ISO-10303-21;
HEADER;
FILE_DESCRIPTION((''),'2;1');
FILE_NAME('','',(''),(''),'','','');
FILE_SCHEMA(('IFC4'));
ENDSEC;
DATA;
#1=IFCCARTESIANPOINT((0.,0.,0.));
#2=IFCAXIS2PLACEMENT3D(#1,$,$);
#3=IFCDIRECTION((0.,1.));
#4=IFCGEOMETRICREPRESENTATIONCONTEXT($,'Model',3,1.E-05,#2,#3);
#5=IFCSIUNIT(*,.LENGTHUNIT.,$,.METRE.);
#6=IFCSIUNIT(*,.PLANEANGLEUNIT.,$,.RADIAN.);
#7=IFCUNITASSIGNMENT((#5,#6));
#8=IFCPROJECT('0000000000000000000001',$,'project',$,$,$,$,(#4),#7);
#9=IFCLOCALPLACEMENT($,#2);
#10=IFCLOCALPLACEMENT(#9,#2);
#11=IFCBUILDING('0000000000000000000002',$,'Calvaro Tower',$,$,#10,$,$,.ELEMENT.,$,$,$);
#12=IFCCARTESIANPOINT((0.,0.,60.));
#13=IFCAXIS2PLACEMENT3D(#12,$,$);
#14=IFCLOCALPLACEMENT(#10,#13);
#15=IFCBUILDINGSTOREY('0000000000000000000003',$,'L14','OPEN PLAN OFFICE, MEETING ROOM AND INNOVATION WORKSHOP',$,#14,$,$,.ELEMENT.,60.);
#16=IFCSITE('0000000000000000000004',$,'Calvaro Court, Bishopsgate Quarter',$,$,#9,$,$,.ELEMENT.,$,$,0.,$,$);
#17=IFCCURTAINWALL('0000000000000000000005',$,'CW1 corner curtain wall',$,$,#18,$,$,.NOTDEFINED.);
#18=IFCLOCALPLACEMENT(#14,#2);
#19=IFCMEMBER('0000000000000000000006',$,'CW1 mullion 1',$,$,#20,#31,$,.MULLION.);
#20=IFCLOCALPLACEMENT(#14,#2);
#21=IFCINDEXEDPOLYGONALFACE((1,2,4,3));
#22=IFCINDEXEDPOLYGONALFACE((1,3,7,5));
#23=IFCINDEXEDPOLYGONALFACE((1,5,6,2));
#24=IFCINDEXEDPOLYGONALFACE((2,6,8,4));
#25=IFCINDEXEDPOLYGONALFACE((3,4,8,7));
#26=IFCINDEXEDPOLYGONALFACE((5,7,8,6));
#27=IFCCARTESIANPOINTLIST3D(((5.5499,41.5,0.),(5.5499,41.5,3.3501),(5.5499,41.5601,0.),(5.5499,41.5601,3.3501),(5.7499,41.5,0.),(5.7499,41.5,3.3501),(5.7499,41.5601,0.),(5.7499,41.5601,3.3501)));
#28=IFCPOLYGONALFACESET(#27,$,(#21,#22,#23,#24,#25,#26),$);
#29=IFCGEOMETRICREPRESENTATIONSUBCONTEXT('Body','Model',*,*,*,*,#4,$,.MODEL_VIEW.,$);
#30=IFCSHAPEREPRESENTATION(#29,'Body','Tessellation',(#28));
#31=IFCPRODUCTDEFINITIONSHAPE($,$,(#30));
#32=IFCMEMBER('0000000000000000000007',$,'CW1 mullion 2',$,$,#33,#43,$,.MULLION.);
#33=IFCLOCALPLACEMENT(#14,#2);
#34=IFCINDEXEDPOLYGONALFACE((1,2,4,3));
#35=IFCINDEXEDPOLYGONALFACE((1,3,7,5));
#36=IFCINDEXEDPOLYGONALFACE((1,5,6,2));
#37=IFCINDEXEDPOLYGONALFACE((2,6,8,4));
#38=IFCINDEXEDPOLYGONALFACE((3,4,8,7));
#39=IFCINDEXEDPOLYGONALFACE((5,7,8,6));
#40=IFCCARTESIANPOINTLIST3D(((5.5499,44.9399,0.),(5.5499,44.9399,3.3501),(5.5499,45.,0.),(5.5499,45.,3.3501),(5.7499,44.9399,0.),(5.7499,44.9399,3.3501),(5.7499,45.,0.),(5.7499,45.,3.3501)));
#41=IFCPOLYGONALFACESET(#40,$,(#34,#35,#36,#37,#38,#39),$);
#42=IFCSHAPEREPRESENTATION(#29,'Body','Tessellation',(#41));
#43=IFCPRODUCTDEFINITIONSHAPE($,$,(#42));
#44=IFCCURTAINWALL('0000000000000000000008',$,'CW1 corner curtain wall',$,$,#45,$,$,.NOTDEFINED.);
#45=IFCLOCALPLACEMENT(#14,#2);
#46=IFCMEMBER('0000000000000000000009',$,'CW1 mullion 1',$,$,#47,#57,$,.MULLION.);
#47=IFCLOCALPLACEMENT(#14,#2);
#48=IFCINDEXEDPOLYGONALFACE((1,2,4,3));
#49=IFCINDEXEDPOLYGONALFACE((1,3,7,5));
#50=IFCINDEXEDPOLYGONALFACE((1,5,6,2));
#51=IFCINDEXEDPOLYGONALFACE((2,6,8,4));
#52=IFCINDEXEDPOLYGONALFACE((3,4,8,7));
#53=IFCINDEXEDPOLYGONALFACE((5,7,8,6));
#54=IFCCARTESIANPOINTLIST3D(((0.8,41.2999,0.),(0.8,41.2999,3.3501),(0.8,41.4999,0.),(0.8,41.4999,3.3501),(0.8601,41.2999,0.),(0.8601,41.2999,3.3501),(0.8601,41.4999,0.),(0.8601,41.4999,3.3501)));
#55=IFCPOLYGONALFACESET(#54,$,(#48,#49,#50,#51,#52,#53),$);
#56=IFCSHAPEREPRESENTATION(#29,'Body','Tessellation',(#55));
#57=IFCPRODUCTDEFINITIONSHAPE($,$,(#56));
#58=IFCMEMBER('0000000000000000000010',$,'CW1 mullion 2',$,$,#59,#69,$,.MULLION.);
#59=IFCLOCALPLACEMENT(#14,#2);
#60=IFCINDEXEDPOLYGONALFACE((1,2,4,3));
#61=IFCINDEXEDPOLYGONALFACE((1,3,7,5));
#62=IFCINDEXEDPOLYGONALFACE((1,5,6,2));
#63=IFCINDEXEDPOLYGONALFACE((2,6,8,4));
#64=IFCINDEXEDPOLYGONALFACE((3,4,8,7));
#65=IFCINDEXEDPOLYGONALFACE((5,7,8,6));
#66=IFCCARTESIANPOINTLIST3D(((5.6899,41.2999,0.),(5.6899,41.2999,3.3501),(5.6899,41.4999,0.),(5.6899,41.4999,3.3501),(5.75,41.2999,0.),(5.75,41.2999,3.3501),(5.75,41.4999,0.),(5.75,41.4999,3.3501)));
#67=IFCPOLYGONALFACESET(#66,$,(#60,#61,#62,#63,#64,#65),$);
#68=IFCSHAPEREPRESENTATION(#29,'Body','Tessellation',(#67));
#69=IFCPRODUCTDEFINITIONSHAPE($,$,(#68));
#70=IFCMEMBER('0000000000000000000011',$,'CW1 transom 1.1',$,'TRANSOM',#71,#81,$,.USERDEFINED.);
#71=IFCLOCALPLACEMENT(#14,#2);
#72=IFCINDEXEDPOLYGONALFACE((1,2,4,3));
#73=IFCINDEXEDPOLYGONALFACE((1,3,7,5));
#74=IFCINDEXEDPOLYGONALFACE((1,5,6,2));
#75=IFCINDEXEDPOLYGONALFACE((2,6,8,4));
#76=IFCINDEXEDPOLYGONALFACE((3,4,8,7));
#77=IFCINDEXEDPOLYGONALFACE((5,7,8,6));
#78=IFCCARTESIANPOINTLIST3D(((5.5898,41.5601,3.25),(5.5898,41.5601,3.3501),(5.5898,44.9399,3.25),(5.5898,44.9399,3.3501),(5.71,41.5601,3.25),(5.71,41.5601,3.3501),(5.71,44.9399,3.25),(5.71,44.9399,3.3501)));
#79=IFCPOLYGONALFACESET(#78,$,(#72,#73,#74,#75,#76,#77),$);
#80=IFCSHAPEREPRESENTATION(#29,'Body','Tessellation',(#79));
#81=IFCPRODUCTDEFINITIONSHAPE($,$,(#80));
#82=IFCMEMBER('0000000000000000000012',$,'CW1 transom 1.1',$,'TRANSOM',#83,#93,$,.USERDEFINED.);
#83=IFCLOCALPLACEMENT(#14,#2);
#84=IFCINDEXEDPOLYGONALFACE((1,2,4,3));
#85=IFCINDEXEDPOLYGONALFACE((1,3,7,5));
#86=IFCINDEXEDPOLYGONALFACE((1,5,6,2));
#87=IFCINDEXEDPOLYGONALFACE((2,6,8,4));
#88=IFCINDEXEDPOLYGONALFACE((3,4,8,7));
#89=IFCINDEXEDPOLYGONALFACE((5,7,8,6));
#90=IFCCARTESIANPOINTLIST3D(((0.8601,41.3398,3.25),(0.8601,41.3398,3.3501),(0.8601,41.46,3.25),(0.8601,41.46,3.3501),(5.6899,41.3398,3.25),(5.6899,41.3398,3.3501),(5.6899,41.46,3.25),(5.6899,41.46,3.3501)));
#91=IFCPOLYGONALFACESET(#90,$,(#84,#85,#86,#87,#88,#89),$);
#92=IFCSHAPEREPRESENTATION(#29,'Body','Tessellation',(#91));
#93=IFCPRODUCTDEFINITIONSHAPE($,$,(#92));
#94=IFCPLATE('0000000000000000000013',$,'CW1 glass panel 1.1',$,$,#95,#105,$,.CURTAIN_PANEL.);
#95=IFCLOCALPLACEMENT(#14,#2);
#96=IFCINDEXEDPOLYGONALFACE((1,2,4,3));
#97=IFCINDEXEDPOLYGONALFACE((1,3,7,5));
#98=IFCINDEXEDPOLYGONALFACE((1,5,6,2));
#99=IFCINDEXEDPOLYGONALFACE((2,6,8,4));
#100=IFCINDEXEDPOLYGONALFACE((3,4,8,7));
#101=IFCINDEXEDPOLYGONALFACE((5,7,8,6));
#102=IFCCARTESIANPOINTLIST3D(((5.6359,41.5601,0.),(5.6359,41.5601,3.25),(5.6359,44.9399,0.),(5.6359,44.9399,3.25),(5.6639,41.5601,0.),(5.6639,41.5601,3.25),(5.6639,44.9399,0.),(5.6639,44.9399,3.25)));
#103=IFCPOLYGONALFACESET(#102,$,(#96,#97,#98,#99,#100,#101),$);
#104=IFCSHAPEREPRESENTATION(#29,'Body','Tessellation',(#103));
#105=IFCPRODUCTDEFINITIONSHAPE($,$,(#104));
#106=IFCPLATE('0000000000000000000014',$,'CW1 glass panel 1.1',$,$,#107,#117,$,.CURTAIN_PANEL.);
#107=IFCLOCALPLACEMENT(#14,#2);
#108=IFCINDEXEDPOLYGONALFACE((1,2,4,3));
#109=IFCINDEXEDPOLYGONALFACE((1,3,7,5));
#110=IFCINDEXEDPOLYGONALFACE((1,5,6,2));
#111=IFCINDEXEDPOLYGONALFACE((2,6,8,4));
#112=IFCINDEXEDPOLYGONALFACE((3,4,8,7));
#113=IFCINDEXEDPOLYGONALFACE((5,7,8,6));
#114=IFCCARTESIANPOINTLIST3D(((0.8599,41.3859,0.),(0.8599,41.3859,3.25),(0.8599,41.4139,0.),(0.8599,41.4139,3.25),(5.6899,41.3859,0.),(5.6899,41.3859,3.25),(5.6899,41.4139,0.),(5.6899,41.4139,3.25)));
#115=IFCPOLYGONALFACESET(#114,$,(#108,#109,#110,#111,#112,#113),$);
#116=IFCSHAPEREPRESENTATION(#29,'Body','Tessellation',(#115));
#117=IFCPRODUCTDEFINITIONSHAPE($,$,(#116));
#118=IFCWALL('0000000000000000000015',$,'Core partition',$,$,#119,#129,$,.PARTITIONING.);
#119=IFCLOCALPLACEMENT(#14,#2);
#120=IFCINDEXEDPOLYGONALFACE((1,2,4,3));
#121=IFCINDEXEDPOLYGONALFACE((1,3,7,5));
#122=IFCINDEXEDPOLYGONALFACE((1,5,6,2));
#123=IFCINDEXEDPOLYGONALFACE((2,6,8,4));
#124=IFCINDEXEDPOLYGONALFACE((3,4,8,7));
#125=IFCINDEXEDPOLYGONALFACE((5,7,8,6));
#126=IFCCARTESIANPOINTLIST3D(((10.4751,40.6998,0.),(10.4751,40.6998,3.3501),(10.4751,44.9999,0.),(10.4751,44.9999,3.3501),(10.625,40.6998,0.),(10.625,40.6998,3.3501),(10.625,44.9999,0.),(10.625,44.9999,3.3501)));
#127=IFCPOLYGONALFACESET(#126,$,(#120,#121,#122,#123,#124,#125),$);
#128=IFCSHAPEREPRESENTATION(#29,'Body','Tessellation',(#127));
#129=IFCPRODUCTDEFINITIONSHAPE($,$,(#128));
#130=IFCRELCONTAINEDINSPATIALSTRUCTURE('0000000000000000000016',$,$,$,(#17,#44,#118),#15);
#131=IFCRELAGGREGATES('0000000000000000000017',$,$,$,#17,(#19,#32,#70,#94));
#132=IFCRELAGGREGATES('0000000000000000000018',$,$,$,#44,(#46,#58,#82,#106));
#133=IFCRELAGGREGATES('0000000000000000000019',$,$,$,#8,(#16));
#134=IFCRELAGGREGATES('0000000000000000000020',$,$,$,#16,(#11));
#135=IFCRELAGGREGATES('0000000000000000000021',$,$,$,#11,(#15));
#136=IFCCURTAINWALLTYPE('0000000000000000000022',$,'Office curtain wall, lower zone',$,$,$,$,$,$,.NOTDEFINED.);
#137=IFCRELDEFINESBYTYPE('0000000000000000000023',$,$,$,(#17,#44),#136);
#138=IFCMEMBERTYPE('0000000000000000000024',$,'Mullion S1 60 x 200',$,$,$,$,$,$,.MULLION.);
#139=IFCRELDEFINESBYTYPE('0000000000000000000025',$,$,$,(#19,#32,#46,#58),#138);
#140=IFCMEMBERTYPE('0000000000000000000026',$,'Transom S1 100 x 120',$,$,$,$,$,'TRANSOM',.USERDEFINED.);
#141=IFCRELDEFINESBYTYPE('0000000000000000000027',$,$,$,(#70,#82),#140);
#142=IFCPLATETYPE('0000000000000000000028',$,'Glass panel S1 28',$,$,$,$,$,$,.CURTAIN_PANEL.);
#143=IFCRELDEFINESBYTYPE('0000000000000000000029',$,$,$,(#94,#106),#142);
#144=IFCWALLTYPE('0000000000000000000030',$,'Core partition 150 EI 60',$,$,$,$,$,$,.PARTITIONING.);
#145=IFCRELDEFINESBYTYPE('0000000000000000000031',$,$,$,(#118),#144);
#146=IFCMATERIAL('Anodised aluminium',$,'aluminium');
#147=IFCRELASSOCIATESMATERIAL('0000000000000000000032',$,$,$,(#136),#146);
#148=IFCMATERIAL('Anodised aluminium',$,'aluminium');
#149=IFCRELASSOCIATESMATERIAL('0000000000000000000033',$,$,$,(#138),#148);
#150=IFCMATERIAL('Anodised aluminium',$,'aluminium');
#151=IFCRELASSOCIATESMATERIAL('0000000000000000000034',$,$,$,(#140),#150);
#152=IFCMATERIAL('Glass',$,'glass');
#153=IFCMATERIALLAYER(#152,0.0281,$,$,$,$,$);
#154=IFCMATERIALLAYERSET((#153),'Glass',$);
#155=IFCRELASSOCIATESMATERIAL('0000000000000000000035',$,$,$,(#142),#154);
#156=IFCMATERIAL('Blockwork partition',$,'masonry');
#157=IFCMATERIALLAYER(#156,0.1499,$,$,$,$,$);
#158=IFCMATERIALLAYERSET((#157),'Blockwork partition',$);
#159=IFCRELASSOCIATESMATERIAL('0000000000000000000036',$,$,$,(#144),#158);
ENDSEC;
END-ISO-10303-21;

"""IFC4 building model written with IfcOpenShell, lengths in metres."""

from ifc_helpers import new_model, si_unit, direction, frame, frame_2d, origin, origin_2d, place, context, subcontext, project, spatial, rectangle, extrude, material, layer, layer_set, material_profile, profile_set, type_object, element, aggregate, save


model = new_model("IFC4")

# Units and contexts
model_context = context("Model", 3, precision=1e-05, world=origin(), true_north=direction((0.0, 1.0)))
body_context = subcontext(model_context, "Body", "Model", "MODEL_VIEW")
ifc_project = project(units=[si_unit("LENGTHUNIT", "METRE"), si_unit("PLANEANGLEUNIT", "RADIAN")], contexts=[model_context])

# Site, building, storey
site_placement = place(None, origin())
site = spatial("IfcSite", under=ifc_project, at=site_placement, Name="Calvaro Court, Bishopsgate Quarter", CompositionType="ELEMENT", RefElevation=0.0)
building_placement = place(site_placement, origin())
building = spatial("IfcBuilding", under=site, at=building_placement, Name="Calvaro Tower", CompositionType="ELEMENT")
storey_placement = place(building_placement, frame((0.0, 0.0, 60.0)))
storey = spatial("IfcBuildingStorey", under=building, at=storey_placement, Name="L14", Description="OPEN PLAN OFFICE, MEETING ROOM AND INNOVATION WORKSHOP", CompositionType="ELEMENT", Elevation=60.0)

# Curtain walls, members
ifc_material_1 = material(Name="Anodised aluminium", Category="aluminium")
curtain_wall_type = type_object("IfcCurtainWallType", Name="Office curtain wall, lower zone", PredefinedType="NOTDEFINED", material=ifc_material_1)
curtain_wall_1_placement = place(storey_placement, origin())
curtain_wall_1 = element("IfcCurtainWall", 1, at=curtain_wall_1_placement, inside=storey, type_object=curtain_wall_type, Name="CW1 corner curtain wall", PredefinedType="NOTDEFINED")
ifc_material_2 = material(Name="Anodised aluminium", Category="aluminium")
ifc_material_profile_1 = material_profile(ifc_material_2, rectangle(XDim=0.2, YDim=0.0601, at=origin_2d()), Name="Mullion S1 60 x 200")
ifc_profile_set_1 = profile_set([ifc_material_profile_1], Name="Anodised aluminium")
member_type_1 = type_object("IfcMemberType", Name="Mullion S1 60 x 200", PredefinedType="MULLION", material=ifc_profile_set_1)
member_1_placement = place(storey_placement, frame((5.6499, 41.53, 0.0), z_axis=(0.0, 0.0, 1.0), x_axis=(-1.0, 0.0, 0.0)))
member_1 = element("IfcMember", 2, at=member_1_placement, type_object=member_type_1, Name="CW1 mullion 1", PredefinedType="MULLION", context=body_context, shape_type="SweptSolid", body=[
    extrude(rectangle(XDim=0.2, YDim=0.0601, at=origin_2d()), origin(), (0.0, 0.0, 1.0), 3.3501),
])
member_2_placement = place(storey_placement, frame((5.6499, 44.97, 0.0), z_axis=(0.0, 0.0, 1.0), x_axis=(-1.0, 0.0, 0.0)))
member_2 = element("IfcMember", 3, at=member_2_placement, type_object=member_type_1, Name="CW1 mullion 2", PredefinedType="MULLION", context=body_context, shape_type="SweptSolid", body=[
    extrude(rectangle(XDim=0.2, YDim=0.0601, at=origin_2d()), origin(), (0.0, 0.0, 1.0), 3.3501),
])
curtain_wall_2_placement = place(storey_placement, origin())
curtain_wall_2 = element("IfcCurtainWall", 4, at=curtain_wall_2_placement, inside=storey, type_object=curtain_wall_type, Name="CW1 corner curtain wall", PredefinedType="NOTDEFINED")
member_3_placement = place(storey_placement, frame((0.8301, 41.3999, 0.0), z_axis=(0.0, 0.0, 1.0), x_axis=(0.0, 1.0, 0.0)))
member_3 = element("IfcMember", 5, at=member_3_placement, type_object=member_type_1, Name="CW1 mullion 1", PredefinedType="MULLION", context=body_context, shape_type="SweptSolid", body=[
    extrude(rectangle(XDim=0.2, YDim=0.0601, at=origin_2d()), origin(), (0.0, 0.0, 1.0), 3.3501),
])
member_4_placement = place(storey_placement, frame((5.72, 41.3999, 0.0), z_axis=(0.0, 0.0, 1.0), x_axis=(0.0, 1.0, 0.0)))
member_4 = element("IfcMember", 6, at=member_4_placement, type_object=member_type_1, Name="CW1 mullion 2", PredefinedType="MULLION", context=body_context, shape_type="SweptSolid", body=[
    extrude(rectangle(XDim=0.2, YDim=0.0601, at=origin_2d()), origin(), (0.0, 0.0, 1.0), 3.3501),
])

# Members
ifc_material_3 = material(Name="Anodised aluminium", Category="aluminium")
ifc_material_profile_2 = material_profile(ifc_material_3, rectangle(XDim=0.1201, YDim=0.1001, at=origin_2d()), Name="Transom S1 100 x 120")
ifc_profile_set_2 = profile_set([ifc_material_profile_2], Name="Anodised aluminium")
member_type_2 = type_object("IfcMemberType", Name="Transom S1 100 x 120", ElementType="TRANSOM", PredefinedType="USERDEFINED", material=ifc_profile_set_2)
member_5_placement = place(storey_placement, frame((5.6499, 41.5601, 3.3), z_axis=(0.0, 1.0, 0.0), x_axis=(-1.0, 0.0, 0.0)))
member_5 = element("IfcMember", 7, at=member_5_placement, type_object=member_type_2, Name="CW1 transom 1.1", ObjectType="TRANSOM", PredefinedType="USERDEFINED", context=body_context, shape_type="SweptSolid", body=[
    extrude(rectangle(XDim=0.1201, YDim=0.1001, at=origin_2d()), origin(), (0.0, 0.0, 1.0), 3.3799),
])
member_6_placement = place(storey_placement, frame((0.8601, 41.3999, 3.3), z_axis=(1.0, 0.0, 0.0), x_axis=(0.0, 1.0, 0.0)))
member_6 = element("IfcMember", 8, at=member_6_placement, type_object=member_type_2, Name="CW1 transom 1.1", ObjectType="TRANSOM", PredefinedType="USERDEFINED", context=body_context, shape_type="SweptSolid", body=[
    extrude(rectangle(XDim=0.1201, YDim=0.1001, at=origin_2d()), origin(), (0.0, 0.0, 1.0), 4.8298),
])

# Plates
ifc_material_4 = material(Name="Glass", Category="glass")
ifc_layer_1 = layer(ifc_material_4, 0.0281)
ifc_layer_set_1 = layer_set([ifc_layer_1], Name="Glass")
plate_type = type_object("IfcPlateType", Name="Glass panel S1 28", PredefinedType="CURTAIN_PANEL", material=ifc_layer_set_1)
plate_1_placement = place(storey_placement, frame((5.6499, 43.25, 0.0), z_axis=(0.0, 0.0, 1.0), x_axis=(0.0, 1.0, 0.0)))
plate_1 = element("IfcPlate", 9, at=plate_1_placement, type_object=plate_type, Name="CW1 glass panel 1.1", PredefinedType="CURTAIN_PANEL", context=body_context, shape_type="SweptSolid", body=[
    extrude(rectangle(XDim=3.3799, YDim=0.0281, at=origin_2d()), origin(), (0.0, 0.0, 1.0), 3.25),
])
aggregate(curtain_wall_1, [member_1, member_2, member_5, plate_1])
plate_2_placement = place(storey_placement, frame((3.2749, 41.3999, 0.0), z_axis=(0.0, 0.0, 1.0), x_axis=(1.0, 0.0, 0.0)))
plate_2 = element("IfcPlate", 10, at=plate_2_placement, type_object=plate_type, Name="CW1 glass panel 1.1", PredefinedType="CURTAIN_PANEL", context=body_context, shape_type="SweptSolid", body=[
    extrude(rectangle(XDim=4.8301, YDim=0.0281, at=origin_2d()), origin(), (0.0, 0.0, 1.0), 3.25),
])
aggregate(curtain_wall_2, [member_3, member_4, member_6, plate_2])

# Wall
ifc_material_5 = material(Name="Blockwork partition", Category="masonry")
ifc_layer_2 = layer(ifc_material_5, 0.1499)
ifc_layer_set_2 = layer_set([ifc_layer_2], Name="Blockwork partition")
wall_type_1 = type_object("IfcWallType", Name="Core partition 150 EI 60", PredefinedType="PARTITIONING", material=ifc_layer_set_2)
wall_1_placement = place(storey_placement, frame((10.55, 40.7, 0.0), z_axis=(0.0, 0.0, 1.0), x_axis=(0.0, 1.0, 0.0)))
element("IfcWall", 11, at=wall_1_placement, inside=storey, type_object=wall_type_1, Name="Core partition", PredefinedType="PARTITIONING", context=body_context, shape_type="SweptSolid", body=[
    extrude(rectangle(XDim=4.3, YDim=0.1499, at=frame_2d((2.1499, 0.0))), origin(), (0.0, 0.0, 1.0), 3.3501),
])

save(model, "model.ifc")
